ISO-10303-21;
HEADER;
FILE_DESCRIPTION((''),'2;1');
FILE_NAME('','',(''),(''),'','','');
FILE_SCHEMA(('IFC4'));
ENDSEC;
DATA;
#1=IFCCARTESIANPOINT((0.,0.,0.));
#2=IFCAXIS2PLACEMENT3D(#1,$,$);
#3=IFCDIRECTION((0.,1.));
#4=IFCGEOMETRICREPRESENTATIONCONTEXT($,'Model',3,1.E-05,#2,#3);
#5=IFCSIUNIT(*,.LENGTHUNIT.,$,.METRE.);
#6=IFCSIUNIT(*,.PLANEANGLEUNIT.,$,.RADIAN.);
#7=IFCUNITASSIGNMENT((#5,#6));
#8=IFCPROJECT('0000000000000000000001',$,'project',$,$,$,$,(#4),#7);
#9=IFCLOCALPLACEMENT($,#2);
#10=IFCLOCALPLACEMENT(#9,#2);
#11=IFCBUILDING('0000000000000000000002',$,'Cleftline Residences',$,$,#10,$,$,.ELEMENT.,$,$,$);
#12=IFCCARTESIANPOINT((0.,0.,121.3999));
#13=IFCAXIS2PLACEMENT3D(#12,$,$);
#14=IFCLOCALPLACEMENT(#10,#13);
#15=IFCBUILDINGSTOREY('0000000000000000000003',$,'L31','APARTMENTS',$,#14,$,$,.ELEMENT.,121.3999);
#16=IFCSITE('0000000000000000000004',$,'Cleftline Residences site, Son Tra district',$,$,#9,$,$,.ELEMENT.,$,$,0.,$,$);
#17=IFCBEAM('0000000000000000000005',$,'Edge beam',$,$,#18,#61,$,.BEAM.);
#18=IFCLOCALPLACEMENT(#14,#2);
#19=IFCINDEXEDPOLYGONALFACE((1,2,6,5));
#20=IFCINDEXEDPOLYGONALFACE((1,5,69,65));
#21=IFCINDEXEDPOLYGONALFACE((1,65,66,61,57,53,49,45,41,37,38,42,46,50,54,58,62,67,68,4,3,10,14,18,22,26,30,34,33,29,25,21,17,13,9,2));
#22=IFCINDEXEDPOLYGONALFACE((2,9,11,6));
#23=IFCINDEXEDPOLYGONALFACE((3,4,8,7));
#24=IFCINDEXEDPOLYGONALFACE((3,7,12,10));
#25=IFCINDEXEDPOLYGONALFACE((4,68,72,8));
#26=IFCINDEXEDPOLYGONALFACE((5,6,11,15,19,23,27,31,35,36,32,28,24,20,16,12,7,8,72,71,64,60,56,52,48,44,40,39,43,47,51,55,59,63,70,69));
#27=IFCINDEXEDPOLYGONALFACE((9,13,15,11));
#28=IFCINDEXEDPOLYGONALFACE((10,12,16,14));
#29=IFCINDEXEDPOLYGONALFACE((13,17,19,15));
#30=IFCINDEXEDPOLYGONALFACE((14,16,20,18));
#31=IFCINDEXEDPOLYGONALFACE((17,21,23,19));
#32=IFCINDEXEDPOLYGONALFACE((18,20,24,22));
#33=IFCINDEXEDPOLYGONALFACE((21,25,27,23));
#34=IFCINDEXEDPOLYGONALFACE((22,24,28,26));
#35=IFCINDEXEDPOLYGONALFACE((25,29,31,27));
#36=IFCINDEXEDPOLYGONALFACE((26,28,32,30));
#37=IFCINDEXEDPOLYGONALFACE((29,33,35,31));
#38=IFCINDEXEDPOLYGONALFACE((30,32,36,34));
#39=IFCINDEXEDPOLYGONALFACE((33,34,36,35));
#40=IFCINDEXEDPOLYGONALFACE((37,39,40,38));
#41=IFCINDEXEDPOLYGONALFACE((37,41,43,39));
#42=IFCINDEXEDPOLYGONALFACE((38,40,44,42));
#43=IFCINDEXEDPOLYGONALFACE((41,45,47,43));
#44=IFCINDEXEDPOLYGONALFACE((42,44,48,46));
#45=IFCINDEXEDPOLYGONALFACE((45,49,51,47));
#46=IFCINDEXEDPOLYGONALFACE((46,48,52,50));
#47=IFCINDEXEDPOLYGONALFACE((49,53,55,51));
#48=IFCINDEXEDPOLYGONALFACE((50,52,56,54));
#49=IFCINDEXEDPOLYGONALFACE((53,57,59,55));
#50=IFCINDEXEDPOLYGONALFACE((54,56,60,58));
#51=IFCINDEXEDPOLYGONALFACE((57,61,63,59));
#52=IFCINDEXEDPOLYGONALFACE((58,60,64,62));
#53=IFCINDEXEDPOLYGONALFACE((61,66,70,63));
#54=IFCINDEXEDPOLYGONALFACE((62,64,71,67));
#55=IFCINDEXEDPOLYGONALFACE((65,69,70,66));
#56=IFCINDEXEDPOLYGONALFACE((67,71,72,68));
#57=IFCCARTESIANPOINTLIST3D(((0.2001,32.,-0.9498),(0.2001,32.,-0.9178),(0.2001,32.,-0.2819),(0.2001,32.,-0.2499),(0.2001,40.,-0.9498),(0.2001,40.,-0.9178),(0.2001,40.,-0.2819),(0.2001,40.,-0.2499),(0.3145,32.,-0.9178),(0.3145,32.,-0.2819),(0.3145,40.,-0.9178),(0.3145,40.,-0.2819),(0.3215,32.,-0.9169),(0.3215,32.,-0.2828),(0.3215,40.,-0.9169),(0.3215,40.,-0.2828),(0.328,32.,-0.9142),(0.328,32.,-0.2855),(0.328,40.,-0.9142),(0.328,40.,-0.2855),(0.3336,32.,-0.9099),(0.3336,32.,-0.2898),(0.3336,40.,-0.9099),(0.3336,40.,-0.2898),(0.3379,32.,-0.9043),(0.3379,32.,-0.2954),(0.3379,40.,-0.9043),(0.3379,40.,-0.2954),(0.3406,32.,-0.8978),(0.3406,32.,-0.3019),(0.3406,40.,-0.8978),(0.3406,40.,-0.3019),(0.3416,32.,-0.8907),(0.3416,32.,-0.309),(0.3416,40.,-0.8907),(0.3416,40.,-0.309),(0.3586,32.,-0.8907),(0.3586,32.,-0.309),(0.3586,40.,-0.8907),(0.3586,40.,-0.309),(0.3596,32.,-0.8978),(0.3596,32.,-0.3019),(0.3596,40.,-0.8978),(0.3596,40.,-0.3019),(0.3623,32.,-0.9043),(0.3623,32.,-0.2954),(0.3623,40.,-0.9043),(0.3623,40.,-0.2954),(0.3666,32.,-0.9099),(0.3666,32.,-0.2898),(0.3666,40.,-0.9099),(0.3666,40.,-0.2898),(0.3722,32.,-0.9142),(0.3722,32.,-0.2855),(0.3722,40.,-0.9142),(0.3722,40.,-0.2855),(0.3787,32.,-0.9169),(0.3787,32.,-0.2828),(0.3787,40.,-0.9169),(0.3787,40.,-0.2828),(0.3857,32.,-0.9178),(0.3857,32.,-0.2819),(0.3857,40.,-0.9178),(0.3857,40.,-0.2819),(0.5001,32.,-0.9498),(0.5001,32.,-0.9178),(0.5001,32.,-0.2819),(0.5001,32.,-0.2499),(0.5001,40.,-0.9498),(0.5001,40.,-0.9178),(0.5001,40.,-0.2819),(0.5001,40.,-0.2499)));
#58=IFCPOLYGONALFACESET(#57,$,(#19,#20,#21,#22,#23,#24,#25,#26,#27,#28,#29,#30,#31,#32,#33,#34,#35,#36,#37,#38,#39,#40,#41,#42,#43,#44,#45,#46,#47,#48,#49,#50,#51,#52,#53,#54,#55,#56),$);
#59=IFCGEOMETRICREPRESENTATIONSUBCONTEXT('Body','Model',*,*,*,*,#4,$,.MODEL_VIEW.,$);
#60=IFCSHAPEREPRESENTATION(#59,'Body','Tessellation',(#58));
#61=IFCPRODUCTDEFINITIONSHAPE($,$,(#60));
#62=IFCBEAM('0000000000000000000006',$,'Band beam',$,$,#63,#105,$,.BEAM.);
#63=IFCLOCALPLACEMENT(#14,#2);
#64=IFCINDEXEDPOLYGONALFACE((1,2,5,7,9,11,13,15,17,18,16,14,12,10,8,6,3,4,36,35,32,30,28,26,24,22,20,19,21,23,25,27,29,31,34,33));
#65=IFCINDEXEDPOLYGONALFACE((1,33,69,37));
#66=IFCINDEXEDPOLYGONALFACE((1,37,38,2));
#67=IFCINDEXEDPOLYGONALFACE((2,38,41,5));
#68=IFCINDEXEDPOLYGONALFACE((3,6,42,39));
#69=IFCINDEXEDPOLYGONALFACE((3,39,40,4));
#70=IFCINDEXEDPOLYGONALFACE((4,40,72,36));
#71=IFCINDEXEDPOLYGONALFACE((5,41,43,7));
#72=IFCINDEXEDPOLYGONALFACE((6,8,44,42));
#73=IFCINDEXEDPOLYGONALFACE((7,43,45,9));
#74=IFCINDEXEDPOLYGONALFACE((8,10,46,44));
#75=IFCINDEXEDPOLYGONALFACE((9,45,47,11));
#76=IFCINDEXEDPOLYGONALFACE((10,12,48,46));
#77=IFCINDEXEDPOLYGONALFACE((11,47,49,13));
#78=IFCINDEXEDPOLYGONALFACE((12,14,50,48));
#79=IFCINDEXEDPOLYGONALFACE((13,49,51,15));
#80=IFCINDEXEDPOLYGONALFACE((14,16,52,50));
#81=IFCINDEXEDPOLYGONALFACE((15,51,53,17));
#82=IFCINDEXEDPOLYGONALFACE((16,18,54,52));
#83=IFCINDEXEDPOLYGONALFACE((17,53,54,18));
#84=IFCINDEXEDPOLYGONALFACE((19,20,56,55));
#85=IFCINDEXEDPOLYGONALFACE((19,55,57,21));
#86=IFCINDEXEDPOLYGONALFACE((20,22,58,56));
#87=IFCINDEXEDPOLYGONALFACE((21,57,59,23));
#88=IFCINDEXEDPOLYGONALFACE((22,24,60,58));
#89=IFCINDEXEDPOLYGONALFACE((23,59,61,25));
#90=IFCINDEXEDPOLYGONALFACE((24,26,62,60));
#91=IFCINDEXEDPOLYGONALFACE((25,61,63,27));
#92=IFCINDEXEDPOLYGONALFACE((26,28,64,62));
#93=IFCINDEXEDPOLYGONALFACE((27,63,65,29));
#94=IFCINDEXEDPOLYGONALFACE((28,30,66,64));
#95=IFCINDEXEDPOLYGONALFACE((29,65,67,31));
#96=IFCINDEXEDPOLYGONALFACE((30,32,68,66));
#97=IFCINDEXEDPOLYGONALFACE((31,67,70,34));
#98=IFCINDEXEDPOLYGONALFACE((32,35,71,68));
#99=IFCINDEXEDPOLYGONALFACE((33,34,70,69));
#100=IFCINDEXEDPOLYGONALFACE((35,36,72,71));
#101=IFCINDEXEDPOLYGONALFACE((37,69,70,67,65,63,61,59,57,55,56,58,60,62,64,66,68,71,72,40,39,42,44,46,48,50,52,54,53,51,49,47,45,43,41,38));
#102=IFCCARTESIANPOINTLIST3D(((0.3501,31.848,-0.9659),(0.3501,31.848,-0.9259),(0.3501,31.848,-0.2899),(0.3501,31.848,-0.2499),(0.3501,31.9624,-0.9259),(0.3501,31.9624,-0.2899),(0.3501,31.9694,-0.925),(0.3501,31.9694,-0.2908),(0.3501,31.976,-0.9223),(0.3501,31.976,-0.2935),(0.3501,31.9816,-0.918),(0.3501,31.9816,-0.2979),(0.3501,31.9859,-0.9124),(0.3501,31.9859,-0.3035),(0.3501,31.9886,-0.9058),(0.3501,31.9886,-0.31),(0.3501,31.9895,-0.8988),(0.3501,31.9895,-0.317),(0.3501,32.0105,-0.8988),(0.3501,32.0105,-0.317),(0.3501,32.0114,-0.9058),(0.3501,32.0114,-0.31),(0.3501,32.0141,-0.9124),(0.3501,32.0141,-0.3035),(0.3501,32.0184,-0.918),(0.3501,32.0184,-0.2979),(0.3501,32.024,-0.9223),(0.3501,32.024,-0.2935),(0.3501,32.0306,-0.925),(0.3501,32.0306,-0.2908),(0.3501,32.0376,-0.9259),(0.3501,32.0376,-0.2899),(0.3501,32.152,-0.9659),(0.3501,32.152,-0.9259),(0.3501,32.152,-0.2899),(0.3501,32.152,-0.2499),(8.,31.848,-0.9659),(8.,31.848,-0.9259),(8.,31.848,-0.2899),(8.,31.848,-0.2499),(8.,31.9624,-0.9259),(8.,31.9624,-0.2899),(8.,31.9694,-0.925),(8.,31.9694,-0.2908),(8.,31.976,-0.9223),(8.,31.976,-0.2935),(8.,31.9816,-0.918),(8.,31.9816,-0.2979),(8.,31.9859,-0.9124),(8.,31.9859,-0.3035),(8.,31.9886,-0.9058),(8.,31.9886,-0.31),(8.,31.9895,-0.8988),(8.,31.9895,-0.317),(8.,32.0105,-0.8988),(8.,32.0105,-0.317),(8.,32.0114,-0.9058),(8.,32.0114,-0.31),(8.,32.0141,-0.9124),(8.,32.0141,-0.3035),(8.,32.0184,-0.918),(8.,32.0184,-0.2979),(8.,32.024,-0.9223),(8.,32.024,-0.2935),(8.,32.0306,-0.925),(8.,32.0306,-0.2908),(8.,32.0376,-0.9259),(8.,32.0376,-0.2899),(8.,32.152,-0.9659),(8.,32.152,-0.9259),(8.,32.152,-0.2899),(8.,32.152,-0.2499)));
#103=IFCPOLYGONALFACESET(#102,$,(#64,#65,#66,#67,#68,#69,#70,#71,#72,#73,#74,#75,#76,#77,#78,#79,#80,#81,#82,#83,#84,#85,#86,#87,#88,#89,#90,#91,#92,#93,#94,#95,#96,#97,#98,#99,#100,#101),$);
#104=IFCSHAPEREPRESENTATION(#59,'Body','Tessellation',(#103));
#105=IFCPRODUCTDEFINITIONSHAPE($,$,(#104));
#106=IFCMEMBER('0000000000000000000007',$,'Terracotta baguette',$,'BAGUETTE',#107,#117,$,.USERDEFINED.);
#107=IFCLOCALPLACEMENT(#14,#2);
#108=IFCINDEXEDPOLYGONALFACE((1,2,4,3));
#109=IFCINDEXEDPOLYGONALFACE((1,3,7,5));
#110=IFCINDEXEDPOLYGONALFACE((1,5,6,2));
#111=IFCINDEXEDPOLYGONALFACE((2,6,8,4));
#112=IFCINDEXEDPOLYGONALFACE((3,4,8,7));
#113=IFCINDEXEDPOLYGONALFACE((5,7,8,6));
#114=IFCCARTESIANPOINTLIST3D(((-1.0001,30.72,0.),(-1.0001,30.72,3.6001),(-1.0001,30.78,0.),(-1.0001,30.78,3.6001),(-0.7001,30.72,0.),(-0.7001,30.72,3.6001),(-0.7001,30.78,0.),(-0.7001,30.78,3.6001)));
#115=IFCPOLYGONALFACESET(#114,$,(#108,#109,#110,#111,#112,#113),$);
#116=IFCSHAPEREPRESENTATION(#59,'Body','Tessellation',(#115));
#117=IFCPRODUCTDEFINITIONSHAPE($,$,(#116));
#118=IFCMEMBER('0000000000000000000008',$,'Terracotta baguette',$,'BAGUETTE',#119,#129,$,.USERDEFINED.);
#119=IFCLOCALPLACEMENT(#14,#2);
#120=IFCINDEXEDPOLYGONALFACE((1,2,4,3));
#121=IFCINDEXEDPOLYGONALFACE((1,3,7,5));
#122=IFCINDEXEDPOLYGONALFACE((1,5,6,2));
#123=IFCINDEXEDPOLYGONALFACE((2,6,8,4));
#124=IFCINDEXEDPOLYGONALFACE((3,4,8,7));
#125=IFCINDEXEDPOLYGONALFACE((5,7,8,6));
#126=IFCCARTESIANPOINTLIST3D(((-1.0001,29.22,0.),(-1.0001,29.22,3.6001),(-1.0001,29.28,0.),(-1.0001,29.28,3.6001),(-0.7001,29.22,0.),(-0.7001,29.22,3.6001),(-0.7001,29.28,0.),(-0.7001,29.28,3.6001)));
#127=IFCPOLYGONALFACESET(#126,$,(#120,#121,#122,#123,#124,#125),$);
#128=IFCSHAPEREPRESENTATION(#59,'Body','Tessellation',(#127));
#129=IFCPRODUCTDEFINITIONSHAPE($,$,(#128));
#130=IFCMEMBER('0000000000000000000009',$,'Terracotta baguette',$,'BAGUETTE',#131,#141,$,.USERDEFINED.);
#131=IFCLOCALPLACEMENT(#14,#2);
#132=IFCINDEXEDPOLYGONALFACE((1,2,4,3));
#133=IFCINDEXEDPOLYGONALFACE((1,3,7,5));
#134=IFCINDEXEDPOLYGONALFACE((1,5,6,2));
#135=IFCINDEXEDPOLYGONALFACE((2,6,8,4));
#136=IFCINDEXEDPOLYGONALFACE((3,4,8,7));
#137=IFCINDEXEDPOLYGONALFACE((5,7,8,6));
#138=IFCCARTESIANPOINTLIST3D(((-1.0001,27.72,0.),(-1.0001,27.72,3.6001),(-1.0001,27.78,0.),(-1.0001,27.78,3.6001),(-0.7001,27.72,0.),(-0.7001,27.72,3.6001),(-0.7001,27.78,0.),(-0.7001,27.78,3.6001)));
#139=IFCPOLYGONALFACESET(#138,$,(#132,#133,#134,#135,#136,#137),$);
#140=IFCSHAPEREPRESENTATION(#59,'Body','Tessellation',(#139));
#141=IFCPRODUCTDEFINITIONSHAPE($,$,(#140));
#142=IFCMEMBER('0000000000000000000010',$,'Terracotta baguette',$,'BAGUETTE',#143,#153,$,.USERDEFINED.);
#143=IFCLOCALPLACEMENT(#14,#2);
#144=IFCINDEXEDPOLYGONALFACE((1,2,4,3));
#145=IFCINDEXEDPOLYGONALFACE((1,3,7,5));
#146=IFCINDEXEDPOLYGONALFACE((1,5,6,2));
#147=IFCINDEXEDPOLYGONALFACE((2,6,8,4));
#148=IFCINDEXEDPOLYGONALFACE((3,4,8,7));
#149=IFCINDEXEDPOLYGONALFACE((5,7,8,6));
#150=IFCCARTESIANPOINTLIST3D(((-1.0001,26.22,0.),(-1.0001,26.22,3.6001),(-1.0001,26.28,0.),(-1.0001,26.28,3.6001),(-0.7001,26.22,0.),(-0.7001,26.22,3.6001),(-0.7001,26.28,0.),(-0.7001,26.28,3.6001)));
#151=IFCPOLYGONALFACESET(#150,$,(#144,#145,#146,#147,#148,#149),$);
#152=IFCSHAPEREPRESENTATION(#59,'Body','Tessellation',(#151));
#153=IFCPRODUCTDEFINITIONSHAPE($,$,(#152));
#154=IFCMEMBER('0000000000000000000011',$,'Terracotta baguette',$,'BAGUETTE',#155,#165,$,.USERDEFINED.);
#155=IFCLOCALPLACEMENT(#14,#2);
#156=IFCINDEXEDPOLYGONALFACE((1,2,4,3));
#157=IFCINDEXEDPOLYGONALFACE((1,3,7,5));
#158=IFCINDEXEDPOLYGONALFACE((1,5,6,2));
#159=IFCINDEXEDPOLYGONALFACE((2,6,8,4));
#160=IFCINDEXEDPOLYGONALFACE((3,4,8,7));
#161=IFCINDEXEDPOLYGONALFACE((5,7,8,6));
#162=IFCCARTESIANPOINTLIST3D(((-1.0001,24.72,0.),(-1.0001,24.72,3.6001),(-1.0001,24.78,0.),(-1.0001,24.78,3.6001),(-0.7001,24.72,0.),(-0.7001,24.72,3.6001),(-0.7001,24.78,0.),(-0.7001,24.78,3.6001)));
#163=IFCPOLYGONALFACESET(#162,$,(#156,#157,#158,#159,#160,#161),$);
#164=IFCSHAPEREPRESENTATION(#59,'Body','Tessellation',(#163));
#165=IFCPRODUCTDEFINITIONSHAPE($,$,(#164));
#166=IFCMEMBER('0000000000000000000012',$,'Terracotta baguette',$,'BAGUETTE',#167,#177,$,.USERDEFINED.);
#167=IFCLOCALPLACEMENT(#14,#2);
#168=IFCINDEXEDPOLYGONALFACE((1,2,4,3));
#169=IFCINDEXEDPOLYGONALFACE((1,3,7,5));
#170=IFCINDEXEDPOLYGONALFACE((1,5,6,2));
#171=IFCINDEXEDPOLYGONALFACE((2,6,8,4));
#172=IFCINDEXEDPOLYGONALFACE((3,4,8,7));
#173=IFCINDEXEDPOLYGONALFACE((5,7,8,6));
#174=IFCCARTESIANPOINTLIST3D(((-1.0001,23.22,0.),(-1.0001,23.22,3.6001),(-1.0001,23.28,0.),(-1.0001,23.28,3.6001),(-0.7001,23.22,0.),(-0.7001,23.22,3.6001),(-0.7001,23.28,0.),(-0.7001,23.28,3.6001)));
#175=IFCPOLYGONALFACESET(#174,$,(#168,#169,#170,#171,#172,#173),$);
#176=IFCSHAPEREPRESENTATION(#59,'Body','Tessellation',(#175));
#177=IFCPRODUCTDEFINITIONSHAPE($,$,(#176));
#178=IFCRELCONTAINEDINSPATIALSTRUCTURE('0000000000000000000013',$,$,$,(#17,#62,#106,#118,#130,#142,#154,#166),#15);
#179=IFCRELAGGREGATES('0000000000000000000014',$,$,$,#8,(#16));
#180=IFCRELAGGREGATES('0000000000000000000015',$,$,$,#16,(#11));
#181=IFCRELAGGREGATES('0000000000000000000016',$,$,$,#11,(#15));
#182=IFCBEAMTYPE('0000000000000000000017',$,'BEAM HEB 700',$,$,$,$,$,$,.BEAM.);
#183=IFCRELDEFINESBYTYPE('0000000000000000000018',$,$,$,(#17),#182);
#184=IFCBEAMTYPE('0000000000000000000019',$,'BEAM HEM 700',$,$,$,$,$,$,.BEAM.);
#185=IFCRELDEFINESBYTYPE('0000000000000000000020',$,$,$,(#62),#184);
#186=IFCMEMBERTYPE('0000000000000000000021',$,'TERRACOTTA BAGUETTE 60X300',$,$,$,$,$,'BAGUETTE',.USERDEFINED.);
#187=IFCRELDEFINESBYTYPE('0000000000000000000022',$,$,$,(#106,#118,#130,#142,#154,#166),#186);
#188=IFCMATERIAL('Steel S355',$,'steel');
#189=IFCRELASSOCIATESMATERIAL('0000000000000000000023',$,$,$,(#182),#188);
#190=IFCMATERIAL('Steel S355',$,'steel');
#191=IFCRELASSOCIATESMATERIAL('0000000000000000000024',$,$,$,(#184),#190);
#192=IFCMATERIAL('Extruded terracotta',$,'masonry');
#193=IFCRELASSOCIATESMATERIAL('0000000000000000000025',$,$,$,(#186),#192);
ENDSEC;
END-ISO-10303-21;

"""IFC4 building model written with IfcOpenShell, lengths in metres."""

from ifc_helpers import new_model, si_unit, direction, frame, origin, origin_2d, place, context, subcontext, project, spatial, rectangle, i_section, extrude, material, material_profile, profile_set, type_object, element, save


model = new_model("IFC4")

# Units and contexts
model_context = context("Model", 3, precision=1e-05, world=origin(), true_north=direction((0.0, 1.0)))
body_context = subcontext(model_context, "Body", "Model", "MODEL_VIEW")
ifc_project = project(units=[si_unit("LENGTHUNIT", "METRE"), si_unit("PLANEANGLEUNIT", "RADIAN")], contexts=[model_context])

# Site, building, storey
site_placement = place(None, origin())
site = spatial("IfcSite", under=ifc_project, at=site_placement, Name="Cleftline Residences site, Son Tra district", CompositionType="ELEMENT", RefElevation=0.0)
building_placement = place(site_placement, origin())
building = spatial("IfcBuilding", under=site, at=building_placement, Name="Cleftline Residences", CompositionType="ELEMENT")
storey_placement = place(building_placement, frame((0.0, 0.0, 121.3999)))
storey = spatial("IfcBuildingStorey", under=building, at=storey_placement, Name="L31", Description="APARTMENTS", CompositionType="ELEMENT", Elevation=121.3999)

# Beams
ifc_material_1 = material(Name="Steel S355", Category="steel")
ifc_material_profile_1 = material_profile(ifc_material_1, i_section(OverallWidth=0.3, OverallDepth=0.7, WebThickness=0.0171, FlangeThickness=0.032, FilletRadius=0.0271, at=origin_2d()))
ifc_profile_set_1 = profile_set([ifc_material_profile_1], Name="Steel S355")
beam_type_1 = type_object("IfcBeamType", Name="BEAM HEB 700", PredefinedType="BEAM", material=ifc_profile_set_1)
for number, where, z_axis, x_axis, name in (
    (1, (0.3501, 32.0, -0.5999), (0.0, 1.0, 0.0), (-1.0, 0.0, 0.0), "Edge beam"),
):
    element("IfcBeam", number, at=place(storey_placement, frame(where, z_axis=z_axis, x_axis=x_axis)), inside=storey, type_object=beam_type_1, Name=name, PredefinedType="BEAM", context=body_context, shape_type="SweptSolid", body=[
        extrude(i_section(OverallWidth=0.3, OverallDepth=0.7, WebThickness=0.0171, FlangeThickness=0.032, FilletRadius=0.0271, at=origin_2d()), origin(), (0.0, 0.0, 1.0), 8.0),
    ])
ifc_material_2 = material(Name="Steel S355", Category="steel")
ifc_material_profile_2 = material_profile(ifc_material_2, i_section(OverallWidth=0.304, OverallDepth=0.7161, WebThickness=0.021, FlangeThickness=0.04, FilletRadius=0.0271, at=origin_2d()))
ifc_profile_set_2 = profile_set([ifc_material_profile_2], Name="Steel S355")
beam_type_2 = type_object("IfcBeamType", Name="BEAM HEM 700", PredefinedType="BEAM", material=ifc_profile_set_2)
beam_placement = place(storey_placement, frame((0.3501, 32.0, -0.6079), z_axis=(1.0, 0.0, 0.0), x_axis=(0.0, 1.0, 0.0)))
element("IfcBeam", 2, at=beam_placement, inside=storey, type_object=beam_type_2, Name="Band beam", PredefinedType="BEAM", context=body_context, shape_type="SweptSolid", body=[
    extrude(i_section(OverallWidth=0.304, OverallDepth=0.7161, WebThickness=0.021, FlangeThickness=0.04, FilletRadius=0.0271, at=origin_2d()), origin(), (0.0, 0.0, 1.0), 7.6499),
])

# Members
ifc_material_3 = material(Name="Extruded terracotta", Category="masonry")
ifc_material_profile_3 = material_profile(ifc_material_3, rectangle(XDim=0.0601, YDim=0.3, at=origin_2d()))
ifc_profile_set_3 = profile_set([ifc_material_profile_3], Name="Extruded terracotta")
member_type_1 = type_object("IfcMemberType", Name="TERRACOTTA BAGUETTE 60X300", ElementType="BAGUETTE", PredefinedType="USERDEFINED", material=ifc_profile_set_3)
for number, where, z_axis, x_axis, name in (
    (3, (-0.8501, 30.75, 0.0), (0.0, 0.0, 1.0), (0.0, 1.0, 0.0), "Terracotta baguette"),
    (4, (-0.8501, 29.25, 0.0), (0.0, 0.0, 1.0), (0.0, 1.0, 0.0), "Terracotta baguette"),
    (5, (-0.8501, 27.75, 0.0), (0.0, 0.0, 1.0), (0.0, 1.0, 0.0), "Terracotta baguette"),
    (6, (-0.8501, 26.25, 0.0), (0.0, 0.0, 1.0), (0.0, 1.0, 0.0), "Terracotta baguette"),
    (7, (-0.8501, 24.75, 0.0), (0.0, 0.0, 1.0), (0.0, 1.0, 0.0), "Terracotta baguette"),
    (8, (-0.8501, 23.25, 0.0), (0.0, 0.0, 1.0), (0.0, 1.0, 0.0), "Terracotta baguette"),
):
    element("IfcMember", number, at=place(storey_placement, frame(where, z_axis=z_axis, x_axis=x_axis)), inside=storey, type_object=member_type_1, Name=name, ObjectType="BAGUETTE", PredefinedType="USERDEFINED", context=body_context, shape_type="SweptSolid", body=[
        extrude(rectangle(XDim=0.0601, YDim=0.3, at=origin_2d()), origin(), (0.0, 0.0, 1.0), 3.6001),
    ])

save(model, "model.ifc")
